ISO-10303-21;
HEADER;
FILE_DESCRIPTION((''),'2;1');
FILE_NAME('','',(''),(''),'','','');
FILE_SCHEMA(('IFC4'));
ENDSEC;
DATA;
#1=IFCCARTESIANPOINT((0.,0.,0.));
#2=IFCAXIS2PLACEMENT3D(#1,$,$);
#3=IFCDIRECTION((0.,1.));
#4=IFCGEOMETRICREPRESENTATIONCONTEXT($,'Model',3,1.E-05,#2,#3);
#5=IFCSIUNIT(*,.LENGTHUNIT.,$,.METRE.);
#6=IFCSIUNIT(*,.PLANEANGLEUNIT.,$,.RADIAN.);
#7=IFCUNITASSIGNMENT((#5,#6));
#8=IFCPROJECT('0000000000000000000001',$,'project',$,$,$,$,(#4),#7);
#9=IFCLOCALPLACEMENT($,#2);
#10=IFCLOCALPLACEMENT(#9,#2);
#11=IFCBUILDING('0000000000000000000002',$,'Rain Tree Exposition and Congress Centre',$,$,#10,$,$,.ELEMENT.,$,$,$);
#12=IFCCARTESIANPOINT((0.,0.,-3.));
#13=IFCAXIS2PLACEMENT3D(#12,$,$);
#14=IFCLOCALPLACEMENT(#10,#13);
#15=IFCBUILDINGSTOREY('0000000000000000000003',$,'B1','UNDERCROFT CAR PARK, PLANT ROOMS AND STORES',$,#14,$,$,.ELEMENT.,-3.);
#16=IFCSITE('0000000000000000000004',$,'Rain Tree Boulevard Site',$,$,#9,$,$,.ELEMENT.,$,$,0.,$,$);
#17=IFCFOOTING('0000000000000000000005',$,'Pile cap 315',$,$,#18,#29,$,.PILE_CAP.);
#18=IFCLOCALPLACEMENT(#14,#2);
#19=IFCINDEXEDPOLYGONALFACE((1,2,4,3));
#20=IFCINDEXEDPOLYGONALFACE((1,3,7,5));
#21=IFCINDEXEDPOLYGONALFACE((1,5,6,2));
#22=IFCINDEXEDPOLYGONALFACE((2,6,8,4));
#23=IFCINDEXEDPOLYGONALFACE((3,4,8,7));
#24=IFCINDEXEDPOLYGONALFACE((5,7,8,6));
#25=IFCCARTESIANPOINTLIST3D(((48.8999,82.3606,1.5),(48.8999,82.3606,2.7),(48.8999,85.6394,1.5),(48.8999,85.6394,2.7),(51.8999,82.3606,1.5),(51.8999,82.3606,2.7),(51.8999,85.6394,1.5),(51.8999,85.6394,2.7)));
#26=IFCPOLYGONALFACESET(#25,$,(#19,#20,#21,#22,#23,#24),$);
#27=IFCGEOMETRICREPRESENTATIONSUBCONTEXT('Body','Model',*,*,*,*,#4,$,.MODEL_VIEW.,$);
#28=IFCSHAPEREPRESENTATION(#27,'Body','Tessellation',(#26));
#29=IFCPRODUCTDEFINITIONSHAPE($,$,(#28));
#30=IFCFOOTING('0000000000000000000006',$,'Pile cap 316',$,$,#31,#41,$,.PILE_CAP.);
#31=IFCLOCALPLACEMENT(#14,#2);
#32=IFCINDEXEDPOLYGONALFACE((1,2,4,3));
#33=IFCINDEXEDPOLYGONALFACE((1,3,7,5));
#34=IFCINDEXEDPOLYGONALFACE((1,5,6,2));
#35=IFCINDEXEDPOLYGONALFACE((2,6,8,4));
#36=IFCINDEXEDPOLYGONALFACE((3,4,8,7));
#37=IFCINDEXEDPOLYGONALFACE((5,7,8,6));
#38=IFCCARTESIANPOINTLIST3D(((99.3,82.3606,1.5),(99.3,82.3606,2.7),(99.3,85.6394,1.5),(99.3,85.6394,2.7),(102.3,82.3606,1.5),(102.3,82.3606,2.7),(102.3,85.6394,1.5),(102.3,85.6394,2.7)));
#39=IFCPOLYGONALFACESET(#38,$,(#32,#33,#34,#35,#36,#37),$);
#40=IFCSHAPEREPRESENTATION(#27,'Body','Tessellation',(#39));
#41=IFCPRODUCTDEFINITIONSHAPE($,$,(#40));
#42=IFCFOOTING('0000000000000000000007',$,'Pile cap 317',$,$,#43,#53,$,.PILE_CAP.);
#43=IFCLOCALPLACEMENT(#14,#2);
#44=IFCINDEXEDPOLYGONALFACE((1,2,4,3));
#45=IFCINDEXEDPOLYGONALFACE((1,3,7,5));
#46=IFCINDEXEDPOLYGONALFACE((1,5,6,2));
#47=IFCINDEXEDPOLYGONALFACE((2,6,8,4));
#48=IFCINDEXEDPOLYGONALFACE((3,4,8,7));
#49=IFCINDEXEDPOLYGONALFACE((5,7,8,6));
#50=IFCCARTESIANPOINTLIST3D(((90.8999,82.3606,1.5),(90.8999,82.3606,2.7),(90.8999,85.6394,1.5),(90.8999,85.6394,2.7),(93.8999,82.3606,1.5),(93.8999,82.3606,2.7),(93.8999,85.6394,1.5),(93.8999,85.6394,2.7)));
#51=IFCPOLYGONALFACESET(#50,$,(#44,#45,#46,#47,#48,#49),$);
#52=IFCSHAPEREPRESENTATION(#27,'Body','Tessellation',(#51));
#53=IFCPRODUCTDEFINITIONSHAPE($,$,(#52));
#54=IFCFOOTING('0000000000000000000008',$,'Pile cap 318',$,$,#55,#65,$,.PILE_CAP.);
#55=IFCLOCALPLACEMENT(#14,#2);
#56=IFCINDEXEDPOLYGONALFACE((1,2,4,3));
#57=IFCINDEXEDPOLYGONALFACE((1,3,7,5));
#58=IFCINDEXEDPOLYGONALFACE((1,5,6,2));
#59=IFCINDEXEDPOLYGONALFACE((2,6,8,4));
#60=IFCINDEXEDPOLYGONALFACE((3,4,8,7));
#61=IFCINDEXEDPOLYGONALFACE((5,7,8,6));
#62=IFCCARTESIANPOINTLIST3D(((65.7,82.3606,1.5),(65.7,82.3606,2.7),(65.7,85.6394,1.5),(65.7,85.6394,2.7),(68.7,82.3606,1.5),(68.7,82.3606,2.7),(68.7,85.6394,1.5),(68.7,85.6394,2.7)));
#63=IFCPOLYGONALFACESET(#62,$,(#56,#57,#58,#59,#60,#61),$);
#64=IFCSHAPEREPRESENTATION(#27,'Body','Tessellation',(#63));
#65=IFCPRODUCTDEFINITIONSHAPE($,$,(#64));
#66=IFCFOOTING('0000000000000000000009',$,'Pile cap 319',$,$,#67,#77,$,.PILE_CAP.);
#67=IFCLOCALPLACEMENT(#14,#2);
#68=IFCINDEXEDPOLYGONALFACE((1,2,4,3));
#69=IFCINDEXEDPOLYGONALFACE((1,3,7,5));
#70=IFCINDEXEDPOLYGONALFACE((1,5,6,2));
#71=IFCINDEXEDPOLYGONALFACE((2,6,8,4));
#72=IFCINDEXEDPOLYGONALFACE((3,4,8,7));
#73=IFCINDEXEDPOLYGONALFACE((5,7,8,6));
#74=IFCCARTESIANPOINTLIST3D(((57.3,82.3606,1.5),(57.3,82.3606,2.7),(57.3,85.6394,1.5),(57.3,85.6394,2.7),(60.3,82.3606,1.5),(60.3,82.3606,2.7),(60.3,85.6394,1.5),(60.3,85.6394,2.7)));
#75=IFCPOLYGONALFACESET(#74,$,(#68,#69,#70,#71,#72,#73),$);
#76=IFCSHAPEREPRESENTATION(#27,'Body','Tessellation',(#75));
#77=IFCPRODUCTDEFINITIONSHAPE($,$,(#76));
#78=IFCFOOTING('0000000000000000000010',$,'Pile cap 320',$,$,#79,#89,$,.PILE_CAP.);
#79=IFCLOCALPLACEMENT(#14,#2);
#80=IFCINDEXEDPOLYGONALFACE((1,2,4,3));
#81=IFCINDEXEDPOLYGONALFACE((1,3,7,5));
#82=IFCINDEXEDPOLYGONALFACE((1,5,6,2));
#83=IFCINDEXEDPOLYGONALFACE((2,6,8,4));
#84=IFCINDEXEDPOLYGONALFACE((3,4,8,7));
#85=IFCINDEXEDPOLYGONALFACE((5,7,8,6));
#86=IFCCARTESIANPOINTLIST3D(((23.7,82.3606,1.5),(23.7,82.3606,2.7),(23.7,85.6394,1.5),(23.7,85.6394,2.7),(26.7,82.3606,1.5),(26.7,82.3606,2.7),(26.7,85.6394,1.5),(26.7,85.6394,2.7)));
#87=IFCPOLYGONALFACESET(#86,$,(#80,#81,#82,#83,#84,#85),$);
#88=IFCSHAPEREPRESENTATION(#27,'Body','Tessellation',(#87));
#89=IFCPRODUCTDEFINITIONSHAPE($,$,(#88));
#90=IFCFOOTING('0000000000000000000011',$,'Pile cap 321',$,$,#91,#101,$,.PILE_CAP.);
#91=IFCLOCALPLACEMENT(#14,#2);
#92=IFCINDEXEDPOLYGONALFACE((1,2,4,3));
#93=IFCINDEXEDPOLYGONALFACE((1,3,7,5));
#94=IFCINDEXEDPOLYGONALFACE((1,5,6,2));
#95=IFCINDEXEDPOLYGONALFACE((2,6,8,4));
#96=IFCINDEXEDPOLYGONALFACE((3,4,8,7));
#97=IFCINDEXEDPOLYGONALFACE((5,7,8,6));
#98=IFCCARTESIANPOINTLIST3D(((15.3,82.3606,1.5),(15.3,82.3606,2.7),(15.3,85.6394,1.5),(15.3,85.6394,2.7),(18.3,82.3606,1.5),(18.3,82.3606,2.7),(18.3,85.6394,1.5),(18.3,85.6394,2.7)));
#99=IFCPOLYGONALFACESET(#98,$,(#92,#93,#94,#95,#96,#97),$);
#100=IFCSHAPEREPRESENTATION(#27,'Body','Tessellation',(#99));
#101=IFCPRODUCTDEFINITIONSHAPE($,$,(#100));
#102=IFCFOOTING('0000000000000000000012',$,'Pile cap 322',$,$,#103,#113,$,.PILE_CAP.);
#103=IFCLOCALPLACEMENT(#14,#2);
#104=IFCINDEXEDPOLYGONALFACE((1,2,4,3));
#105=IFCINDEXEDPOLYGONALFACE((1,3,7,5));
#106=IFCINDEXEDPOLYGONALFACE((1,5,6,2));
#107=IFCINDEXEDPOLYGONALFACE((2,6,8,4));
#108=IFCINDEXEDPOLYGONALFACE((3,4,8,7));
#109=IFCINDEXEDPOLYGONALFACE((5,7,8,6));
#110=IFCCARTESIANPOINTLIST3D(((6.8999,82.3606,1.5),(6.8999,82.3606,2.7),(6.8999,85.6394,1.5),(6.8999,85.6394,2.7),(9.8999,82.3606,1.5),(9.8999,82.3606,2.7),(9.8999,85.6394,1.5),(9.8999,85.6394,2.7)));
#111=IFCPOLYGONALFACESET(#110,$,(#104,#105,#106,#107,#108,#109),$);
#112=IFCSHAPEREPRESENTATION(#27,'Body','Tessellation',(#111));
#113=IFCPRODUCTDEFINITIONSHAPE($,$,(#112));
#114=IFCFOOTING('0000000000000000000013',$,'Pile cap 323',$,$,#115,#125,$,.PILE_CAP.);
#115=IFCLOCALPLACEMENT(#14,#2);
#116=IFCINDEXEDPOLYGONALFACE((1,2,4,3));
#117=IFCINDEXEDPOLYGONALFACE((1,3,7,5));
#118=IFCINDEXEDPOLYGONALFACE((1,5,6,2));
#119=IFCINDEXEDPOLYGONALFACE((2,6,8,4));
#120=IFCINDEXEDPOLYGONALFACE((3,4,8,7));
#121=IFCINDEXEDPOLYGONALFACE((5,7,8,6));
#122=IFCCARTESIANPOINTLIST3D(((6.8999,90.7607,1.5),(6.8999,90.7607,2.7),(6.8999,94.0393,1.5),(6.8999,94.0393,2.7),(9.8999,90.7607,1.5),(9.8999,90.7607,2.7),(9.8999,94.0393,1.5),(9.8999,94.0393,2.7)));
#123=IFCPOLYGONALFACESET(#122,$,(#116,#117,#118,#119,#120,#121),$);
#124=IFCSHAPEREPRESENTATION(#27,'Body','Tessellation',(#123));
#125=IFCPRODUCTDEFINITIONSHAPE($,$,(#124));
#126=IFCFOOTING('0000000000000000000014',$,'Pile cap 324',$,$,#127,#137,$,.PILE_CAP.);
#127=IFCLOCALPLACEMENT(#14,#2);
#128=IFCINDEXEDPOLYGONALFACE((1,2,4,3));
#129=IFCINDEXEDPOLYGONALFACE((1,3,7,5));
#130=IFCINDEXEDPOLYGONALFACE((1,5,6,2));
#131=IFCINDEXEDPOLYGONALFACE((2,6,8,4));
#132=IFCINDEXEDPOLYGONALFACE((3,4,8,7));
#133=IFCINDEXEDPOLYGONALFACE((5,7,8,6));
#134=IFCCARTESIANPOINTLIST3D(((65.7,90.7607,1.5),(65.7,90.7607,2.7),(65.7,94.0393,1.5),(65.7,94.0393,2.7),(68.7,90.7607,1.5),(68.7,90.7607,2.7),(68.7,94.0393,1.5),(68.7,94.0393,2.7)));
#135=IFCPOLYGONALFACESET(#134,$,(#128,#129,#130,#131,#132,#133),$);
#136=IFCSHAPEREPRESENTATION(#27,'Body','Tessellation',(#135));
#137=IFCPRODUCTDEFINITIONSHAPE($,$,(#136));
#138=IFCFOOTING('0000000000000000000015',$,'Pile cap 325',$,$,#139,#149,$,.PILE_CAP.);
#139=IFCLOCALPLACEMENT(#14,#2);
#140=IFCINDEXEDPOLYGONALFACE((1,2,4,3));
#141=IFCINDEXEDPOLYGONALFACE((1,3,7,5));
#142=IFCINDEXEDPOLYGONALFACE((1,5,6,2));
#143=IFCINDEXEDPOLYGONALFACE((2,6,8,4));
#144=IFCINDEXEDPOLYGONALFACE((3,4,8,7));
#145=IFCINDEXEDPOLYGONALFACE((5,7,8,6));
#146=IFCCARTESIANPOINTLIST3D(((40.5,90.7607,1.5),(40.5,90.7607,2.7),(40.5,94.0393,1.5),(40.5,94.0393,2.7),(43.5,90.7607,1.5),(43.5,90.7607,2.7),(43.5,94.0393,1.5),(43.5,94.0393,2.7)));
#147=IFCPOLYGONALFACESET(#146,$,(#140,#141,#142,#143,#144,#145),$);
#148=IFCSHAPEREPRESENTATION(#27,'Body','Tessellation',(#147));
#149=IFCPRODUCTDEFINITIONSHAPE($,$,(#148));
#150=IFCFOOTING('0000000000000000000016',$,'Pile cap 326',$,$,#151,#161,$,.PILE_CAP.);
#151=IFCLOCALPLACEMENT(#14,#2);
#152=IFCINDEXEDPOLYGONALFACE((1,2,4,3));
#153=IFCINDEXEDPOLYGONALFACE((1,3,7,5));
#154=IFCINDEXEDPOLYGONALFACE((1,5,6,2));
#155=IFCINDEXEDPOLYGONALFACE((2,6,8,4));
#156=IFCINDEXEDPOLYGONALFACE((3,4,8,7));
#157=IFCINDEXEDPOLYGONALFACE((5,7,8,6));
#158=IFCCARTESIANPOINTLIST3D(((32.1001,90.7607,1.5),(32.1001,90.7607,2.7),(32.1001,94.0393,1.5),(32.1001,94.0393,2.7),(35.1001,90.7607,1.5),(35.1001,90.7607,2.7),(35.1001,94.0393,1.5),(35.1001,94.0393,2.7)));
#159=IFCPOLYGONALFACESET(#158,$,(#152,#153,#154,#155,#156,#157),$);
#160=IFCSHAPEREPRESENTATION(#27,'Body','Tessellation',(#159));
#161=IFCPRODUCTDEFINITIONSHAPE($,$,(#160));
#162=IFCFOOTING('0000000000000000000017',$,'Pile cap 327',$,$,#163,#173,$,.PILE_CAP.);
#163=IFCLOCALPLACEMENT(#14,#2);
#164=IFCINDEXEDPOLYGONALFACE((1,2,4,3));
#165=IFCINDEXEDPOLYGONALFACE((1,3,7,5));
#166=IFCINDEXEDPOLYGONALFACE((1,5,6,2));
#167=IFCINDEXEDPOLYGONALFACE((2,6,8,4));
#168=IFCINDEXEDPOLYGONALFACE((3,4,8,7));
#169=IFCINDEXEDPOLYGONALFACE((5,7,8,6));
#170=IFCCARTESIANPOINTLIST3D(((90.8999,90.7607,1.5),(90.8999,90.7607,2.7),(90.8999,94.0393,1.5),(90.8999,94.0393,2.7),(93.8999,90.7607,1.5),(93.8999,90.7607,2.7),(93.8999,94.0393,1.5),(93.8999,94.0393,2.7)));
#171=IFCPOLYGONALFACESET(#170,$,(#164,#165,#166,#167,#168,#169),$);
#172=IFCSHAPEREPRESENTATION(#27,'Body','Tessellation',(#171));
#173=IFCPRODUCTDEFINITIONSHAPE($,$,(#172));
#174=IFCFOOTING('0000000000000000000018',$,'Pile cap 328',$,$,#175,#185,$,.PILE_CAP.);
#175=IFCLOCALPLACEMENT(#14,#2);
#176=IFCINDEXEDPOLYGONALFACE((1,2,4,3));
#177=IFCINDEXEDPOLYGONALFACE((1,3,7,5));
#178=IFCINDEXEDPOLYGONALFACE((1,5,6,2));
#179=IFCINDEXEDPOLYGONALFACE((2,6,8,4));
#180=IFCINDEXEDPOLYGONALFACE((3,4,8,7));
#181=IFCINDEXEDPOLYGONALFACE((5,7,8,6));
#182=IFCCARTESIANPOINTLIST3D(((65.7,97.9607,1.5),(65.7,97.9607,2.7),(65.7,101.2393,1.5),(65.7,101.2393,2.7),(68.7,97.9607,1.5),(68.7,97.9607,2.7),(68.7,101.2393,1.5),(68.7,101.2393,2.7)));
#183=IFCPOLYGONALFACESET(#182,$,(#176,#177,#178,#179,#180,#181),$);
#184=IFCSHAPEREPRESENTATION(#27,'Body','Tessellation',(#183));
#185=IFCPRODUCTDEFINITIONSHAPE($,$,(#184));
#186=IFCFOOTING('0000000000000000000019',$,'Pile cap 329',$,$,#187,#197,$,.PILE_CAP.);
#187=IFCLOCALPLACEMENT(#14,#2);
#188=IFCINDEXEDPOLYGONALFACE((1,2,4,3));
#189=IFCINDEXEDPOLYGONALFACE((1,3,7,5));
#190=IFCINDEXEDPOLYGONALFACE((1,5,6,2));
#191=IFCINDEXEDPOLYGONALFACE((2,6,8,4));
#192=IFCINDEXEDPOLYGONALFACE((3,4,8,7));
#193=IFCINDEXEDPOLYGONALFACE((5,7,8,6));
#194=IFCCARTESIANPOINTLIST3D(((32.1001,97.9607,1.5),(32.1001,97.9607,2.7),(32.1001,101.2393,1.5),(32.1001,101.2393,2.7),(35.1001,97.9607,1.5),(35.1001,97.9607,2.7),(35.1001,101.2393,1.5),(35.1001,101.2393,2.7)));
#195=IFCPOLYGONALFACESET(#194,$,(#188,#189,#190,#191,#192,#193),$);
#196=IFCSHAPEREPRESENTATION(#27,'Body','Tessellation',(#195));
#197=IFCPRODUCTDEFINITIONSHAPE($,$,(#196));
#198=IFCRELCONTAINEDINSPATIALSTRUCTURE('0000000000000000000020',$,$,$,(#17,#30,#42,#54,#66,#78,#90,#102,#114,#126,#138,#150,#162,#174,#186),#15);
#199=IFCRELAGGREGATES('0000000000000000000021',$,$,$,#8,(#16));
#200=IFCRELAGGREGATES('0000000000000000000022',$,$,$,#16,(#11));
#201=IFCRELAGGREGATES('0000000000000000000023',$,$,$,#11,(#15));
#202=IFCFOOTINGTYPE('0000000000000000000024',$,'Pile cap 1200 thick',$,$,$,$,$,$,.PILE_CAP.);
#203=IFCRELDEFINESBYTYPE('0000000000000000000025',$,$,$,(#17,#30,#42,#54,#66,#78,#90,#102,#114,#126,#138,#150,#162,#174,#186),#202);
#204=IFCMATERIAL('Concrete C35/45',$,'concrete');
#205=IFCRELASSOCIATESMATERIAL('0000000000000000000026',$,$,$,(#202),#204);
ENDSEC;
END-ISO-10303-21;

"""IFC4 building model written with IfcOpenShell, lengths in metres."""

from ifc_helpers import new_model, si_unit, direction, frame, origin, place, context, subcontext, project, spatial, polyline, outline, extrude, material, type_object, element, save


model = new_model("IFC4")

# Units and contexts
model_context = context("Model", 3, precision=1e-05, world=origin(), true_north=direction((0.0, 1.0)))
body_context = subcontext(model_context, "Body", "Model", "MODEL_VIEW")
ifc_project = project(units=[si_unit("LENGTHUNIT", "METRE"), si_unit("PLANEANGLEUNIT", "RADIAN")], contexts=[model_context])

# Site, building, storey
site_placement = place(None, origin())
site = spatial("IfcSite", under=ifc_project, at=site_placement, Name="Rain Tree Boulevard Site", CompositionType="ELEMENT", RefElevation=0.0)
building_placement = place(site_placement, origin())
building = spatial("IfcBuilding", under=site, at=building_placement, Name="Rain Tree Exposition and Congress Centre", CompositionType="ELEMENT")
storey_placement = place(building_placement, frame((0.0, 0.0, -3.0)))
storey = spatial("IfcBuildingStorey", under=building, at=storey_placement, Name="B1", Description="UNDERCROFT CAR PARK, PLANT ROOMS AND STORES", CompositionType="ELEMENT", Elevation=-3.0)

# Footings
ifc_material_1 = material(Name="Concrete C35/45", Category="concrete")
footing_type_1 = type_object("IfcFootingType", Name="Pile cap 1200 thick", PredefinedType="PILE_CAP", material=ifc_material_1)
footing_1_placement = place(storey_placement, frame((0.0, 0.0, 1.5)))
element("IfcFooting", 1, at=footing_1_placement, inside=storey, type_object=footing_type_1, Name="Pile cap 315", PredefinedType="PILE_CAP", context=body_context, shape_type="SweptSolid", body=[
    extrude(outline(polyline([(51.8999, 82.3606), (51.8999, 85.6394), (48.8999, 85.6394), (48.8999, 82.3606), (51.8999, 82.3606)])), origin(), (0.0, 0.0, 1.0), 1.2),
])
footing_2_placement = place(storey_placement, frame((0.0, 0.0, 1.5)))
element("IfcFooting", 2, at=footing_2_placement, inside=storey, type_object=footing_type_1, Name="Pile cap 316", PredefinedType="PILE_CAP", context=body_context, shape_type="SweptSolid", body=[
    extrude(outline(polyline([(102.3, 82.3606), (102.3, 85.6394), (99.3, 85.6394), (99.3, 82.3606), (102.3, 82.3606)])), origin(), (0.0, 0.0, 1.0), 1.2),
])
footing_3_placement = place(storey_placement, frame((0.0, 0.0, 1.5)))
element("IfcFooting", 3, at=footing_3_placement, inside=storey, type_object=footing_type_1, Name="Pile cap 317", PredefinedType="PILE_CAP", context=body_context, shape_type="SweptSolid", body=[
    extrude(outline(polyline([(93.8999, 82.3606), (93.8999, 85.6394), (90.8999, 85.6394), (90.8999, 82.3606), (93.8999, 82.3606)])), origin(), (0.0, 0.0, 1.0), 1.2),
])
footing_4_placement = place(storey_placement, frame((0.0, 0.0, 1.5)))
element("IfcFooting", 4, at=footing_4_placement, inside=storey, type_object=footing_type_1, Name="Pile cap 318", PredefinedType="PILE_CAP", context=body_context, shape_type="SweptSolid", body=[
    extrude(outline(polyline([(68.7, 82.3606), (68.7, 85.6394), (65.7, 85.6394), (65.7, 82.3606), (68.7, 82.3606)])), origin(), (0.0, 0.0, 1.0), 1.2),
])
footing_5_placement = place(storey_placement, frame((0.0, 0.0, 1.5)))
element("IfcFooting", 5, at=footing_5_placement, inside=storey, type_object=footing_type_1, Name="Pile cap 319", PredefinedType="PILE_CAP", context=body_context, shape_type="SweptSolid", body=[
    extrude(outline(polyline([(60.3, 82.3606), (60.3, 85.6394), (57.3, 85.6394), (57.3, 82.3606), (60.3, 82.3606)])), origin(), (0.0, 0.0, 1.0), 1.2),
])
footing_6_placement = place(storey_placement, frame((0.0, 0.0, 1.5)))
element("IfcFooting", 6, at=footing_6_placement, inside=storey, type_object=footing_type_1, Name="Pile cap 320", PredefinedType="PILE_CAP", context=body_context, shape_type="SweptSolid", body=[
    extrude(outline(polyline([(26.7, 82.3606), (26.7, 85.6394), (23.7, 85.6394), (23.7, 82.3606), (26.7, 82.3606)])), origin(), (0.0, 0.0, 1.0), 1.2),
])
footing_7_placement = place(storey_placement, frame((0.0, 0.0, 1.5)))
element("IfcFooting", 7, at=footing_7_placement, inside=storey, type_object=footing_type_1, Name="Pile cap 321", PredefinedType="PILE_CAP", context=body_context, shape_type="SweptSolid", body=[
    extrude(outline(polyline([(18.3, 82.3606), (18.3, 85.6394), (15.3, 85.6394), (15.3, 82.3606), (18.3, 82.3606)])), origin(), (0.0, 0.0, 1.0), 1.2),
])
footing_8_placement = place(storey_placement, frame((0.0, 0.0, 1.5)))
element("IfcFooting", 8, at=footing_8_placement, inside=storey, type_object=footing_type_1, Name="Pile cap 322", PredefinedType="PILE_CAP", context=body_context, shape_type="SweptSolid", body=[
    extrude(outline(polyline([(9.8999, 82.3606), (9.8999, 85.6394), (6.8999, 85.6394), (6.8999, 82.3606), (9.8999, 82.3606)])), origin(), (0.0, 0.0, 1.0), 1.2),
])
footing_9_placement = place(storey_placement, frame((0.0, 0.0, 1.5)))
element("IfcFooting", 9, at=footing_9_placement, inside=storey, type_object=footing_type_1, Name="Pile cap 323", PredefinedType="PILE_CAP", context=body_context, shape_type="SweptSolid", body=[
    extrude(outline(polyline([(9.8999, 90.7607), (9.8999, 94.0393), (6.8999, 94.0393), (6.8999, 90.7607), (9.8999, 90.7607)])), origin(), (0.0, 0.0, 1.0), 1.2),
])
footing_10_placement = place(storey_placement, frame((0.0, 0.0, 1.5)))
element("IfcFooting", 10, at=footing_10_placement, inside=storey, type_object=footing_type_1, Name="Pile cap 324", PredefinedType="PILE_CAP", context=body_context, shape_type="SweptSolid", body=[
    extrude(outline(polyline([(68.7, 90.7607), (68.7, 94.0393), (65.7, 94.0393), (65.7, 90.7607), (68.7, 90.7607)])), origin(), (0.0, 0.0, 1.0), 1.2),
])
footing_11_placement = place(storey_placement, frame((0.0, 0.0, 1.5)))
element("IfcFooting", 11, at=footing_11_placement, inside=storey, type_object=footing_type_1, Name="Pile cap 325", PredefinedType="PILE_CAP", context=body_context, shape_type="SweptSolid", body=[
    extrude(outline(polyline([(43.5, 90.7607), (43.5, 94.0393), (40.5, 94.0393), (40.5, 90.7607), (43.5, 90.7607)])), origin(), (0.0, 0.0, 1.0), 1.2),
])
footing_12_placement = place(storey_placement, frame((0.0, 0.0, 1.5)))
element("IfcFooting", 12, at=footing_12_placement, inside=storey, type_object=footing_type_1, Name="Pile cap 326", PredefinedType="PILE_CAP", context=body_context, shape_type="SweptSolid", body=[
    extrude(outline(polyline([(35.1001, 90.7607), (35.1001, 94.0393), (32.1001, 94.0393), (32.1001, 90.7607), (35.1001, 90.7607)])), origin(), (0.0, 0.0, 1.0), 1.2),
])
footing_13_placement = place(storey_placement, frame((0.0, 0.0, 1.5)))
element("IfcFooting", 13, at=footing_13_placement, inside=storey, type_object=footing_type_1, Name="Pile cap 327", PredefinedType="PILE_CAP", context=body_context, shape_type="SweptSolid", body=[
    extrude(outline(polyline([(93.8999, 90.7607), (93.8999, 94.0393), (90.8999, 94.0393), (90.8999, 90.7607), (93.8999, 90.7607)])), origin(), (0.0, 0.0, 1.0), 1.2),
])
footing_14_placement = place(storey_placement, frame((0.0, 0.0, 1.5)))
element("IfcFooting", 14, at=footing_14_placement, inside=storey, type_object=footing_type_1, Name="Pile cap 328", PredefinedType="PILE_CAP", context=body_context, shape_type="SweptSolid", body=[
    extrude(outline(polyline([(68.7, 97.9607), (68.7, 101.2393), (65.7, 101.2393), (65.7, 97.9607), (68.7, 97.9607)])), origin(), (0.0, 0.0, 1.0), 1.2),
])
footing_15_placement = place(storey_placement, frame((0.0, 0.0, 1.5)))
element("IfcFooting", 15, at=footing_15_placement, inside=storey, type_object=footing_type_1, Name="Pile cap 329", PredefinedType="PILE_CAP", context=body_context, shape_type="SweptSolid", body=[
    extrude(outline(polyline([(35.1001, 97.9607), (35.1001, 101.2393), (32.1001, 101.2393), (32.1001, 97.9607), (35.1001, 97.9607)])), origin(), (0.0, 0.0, 1.0), 1.2),
])

save(model, "model.ifc")
